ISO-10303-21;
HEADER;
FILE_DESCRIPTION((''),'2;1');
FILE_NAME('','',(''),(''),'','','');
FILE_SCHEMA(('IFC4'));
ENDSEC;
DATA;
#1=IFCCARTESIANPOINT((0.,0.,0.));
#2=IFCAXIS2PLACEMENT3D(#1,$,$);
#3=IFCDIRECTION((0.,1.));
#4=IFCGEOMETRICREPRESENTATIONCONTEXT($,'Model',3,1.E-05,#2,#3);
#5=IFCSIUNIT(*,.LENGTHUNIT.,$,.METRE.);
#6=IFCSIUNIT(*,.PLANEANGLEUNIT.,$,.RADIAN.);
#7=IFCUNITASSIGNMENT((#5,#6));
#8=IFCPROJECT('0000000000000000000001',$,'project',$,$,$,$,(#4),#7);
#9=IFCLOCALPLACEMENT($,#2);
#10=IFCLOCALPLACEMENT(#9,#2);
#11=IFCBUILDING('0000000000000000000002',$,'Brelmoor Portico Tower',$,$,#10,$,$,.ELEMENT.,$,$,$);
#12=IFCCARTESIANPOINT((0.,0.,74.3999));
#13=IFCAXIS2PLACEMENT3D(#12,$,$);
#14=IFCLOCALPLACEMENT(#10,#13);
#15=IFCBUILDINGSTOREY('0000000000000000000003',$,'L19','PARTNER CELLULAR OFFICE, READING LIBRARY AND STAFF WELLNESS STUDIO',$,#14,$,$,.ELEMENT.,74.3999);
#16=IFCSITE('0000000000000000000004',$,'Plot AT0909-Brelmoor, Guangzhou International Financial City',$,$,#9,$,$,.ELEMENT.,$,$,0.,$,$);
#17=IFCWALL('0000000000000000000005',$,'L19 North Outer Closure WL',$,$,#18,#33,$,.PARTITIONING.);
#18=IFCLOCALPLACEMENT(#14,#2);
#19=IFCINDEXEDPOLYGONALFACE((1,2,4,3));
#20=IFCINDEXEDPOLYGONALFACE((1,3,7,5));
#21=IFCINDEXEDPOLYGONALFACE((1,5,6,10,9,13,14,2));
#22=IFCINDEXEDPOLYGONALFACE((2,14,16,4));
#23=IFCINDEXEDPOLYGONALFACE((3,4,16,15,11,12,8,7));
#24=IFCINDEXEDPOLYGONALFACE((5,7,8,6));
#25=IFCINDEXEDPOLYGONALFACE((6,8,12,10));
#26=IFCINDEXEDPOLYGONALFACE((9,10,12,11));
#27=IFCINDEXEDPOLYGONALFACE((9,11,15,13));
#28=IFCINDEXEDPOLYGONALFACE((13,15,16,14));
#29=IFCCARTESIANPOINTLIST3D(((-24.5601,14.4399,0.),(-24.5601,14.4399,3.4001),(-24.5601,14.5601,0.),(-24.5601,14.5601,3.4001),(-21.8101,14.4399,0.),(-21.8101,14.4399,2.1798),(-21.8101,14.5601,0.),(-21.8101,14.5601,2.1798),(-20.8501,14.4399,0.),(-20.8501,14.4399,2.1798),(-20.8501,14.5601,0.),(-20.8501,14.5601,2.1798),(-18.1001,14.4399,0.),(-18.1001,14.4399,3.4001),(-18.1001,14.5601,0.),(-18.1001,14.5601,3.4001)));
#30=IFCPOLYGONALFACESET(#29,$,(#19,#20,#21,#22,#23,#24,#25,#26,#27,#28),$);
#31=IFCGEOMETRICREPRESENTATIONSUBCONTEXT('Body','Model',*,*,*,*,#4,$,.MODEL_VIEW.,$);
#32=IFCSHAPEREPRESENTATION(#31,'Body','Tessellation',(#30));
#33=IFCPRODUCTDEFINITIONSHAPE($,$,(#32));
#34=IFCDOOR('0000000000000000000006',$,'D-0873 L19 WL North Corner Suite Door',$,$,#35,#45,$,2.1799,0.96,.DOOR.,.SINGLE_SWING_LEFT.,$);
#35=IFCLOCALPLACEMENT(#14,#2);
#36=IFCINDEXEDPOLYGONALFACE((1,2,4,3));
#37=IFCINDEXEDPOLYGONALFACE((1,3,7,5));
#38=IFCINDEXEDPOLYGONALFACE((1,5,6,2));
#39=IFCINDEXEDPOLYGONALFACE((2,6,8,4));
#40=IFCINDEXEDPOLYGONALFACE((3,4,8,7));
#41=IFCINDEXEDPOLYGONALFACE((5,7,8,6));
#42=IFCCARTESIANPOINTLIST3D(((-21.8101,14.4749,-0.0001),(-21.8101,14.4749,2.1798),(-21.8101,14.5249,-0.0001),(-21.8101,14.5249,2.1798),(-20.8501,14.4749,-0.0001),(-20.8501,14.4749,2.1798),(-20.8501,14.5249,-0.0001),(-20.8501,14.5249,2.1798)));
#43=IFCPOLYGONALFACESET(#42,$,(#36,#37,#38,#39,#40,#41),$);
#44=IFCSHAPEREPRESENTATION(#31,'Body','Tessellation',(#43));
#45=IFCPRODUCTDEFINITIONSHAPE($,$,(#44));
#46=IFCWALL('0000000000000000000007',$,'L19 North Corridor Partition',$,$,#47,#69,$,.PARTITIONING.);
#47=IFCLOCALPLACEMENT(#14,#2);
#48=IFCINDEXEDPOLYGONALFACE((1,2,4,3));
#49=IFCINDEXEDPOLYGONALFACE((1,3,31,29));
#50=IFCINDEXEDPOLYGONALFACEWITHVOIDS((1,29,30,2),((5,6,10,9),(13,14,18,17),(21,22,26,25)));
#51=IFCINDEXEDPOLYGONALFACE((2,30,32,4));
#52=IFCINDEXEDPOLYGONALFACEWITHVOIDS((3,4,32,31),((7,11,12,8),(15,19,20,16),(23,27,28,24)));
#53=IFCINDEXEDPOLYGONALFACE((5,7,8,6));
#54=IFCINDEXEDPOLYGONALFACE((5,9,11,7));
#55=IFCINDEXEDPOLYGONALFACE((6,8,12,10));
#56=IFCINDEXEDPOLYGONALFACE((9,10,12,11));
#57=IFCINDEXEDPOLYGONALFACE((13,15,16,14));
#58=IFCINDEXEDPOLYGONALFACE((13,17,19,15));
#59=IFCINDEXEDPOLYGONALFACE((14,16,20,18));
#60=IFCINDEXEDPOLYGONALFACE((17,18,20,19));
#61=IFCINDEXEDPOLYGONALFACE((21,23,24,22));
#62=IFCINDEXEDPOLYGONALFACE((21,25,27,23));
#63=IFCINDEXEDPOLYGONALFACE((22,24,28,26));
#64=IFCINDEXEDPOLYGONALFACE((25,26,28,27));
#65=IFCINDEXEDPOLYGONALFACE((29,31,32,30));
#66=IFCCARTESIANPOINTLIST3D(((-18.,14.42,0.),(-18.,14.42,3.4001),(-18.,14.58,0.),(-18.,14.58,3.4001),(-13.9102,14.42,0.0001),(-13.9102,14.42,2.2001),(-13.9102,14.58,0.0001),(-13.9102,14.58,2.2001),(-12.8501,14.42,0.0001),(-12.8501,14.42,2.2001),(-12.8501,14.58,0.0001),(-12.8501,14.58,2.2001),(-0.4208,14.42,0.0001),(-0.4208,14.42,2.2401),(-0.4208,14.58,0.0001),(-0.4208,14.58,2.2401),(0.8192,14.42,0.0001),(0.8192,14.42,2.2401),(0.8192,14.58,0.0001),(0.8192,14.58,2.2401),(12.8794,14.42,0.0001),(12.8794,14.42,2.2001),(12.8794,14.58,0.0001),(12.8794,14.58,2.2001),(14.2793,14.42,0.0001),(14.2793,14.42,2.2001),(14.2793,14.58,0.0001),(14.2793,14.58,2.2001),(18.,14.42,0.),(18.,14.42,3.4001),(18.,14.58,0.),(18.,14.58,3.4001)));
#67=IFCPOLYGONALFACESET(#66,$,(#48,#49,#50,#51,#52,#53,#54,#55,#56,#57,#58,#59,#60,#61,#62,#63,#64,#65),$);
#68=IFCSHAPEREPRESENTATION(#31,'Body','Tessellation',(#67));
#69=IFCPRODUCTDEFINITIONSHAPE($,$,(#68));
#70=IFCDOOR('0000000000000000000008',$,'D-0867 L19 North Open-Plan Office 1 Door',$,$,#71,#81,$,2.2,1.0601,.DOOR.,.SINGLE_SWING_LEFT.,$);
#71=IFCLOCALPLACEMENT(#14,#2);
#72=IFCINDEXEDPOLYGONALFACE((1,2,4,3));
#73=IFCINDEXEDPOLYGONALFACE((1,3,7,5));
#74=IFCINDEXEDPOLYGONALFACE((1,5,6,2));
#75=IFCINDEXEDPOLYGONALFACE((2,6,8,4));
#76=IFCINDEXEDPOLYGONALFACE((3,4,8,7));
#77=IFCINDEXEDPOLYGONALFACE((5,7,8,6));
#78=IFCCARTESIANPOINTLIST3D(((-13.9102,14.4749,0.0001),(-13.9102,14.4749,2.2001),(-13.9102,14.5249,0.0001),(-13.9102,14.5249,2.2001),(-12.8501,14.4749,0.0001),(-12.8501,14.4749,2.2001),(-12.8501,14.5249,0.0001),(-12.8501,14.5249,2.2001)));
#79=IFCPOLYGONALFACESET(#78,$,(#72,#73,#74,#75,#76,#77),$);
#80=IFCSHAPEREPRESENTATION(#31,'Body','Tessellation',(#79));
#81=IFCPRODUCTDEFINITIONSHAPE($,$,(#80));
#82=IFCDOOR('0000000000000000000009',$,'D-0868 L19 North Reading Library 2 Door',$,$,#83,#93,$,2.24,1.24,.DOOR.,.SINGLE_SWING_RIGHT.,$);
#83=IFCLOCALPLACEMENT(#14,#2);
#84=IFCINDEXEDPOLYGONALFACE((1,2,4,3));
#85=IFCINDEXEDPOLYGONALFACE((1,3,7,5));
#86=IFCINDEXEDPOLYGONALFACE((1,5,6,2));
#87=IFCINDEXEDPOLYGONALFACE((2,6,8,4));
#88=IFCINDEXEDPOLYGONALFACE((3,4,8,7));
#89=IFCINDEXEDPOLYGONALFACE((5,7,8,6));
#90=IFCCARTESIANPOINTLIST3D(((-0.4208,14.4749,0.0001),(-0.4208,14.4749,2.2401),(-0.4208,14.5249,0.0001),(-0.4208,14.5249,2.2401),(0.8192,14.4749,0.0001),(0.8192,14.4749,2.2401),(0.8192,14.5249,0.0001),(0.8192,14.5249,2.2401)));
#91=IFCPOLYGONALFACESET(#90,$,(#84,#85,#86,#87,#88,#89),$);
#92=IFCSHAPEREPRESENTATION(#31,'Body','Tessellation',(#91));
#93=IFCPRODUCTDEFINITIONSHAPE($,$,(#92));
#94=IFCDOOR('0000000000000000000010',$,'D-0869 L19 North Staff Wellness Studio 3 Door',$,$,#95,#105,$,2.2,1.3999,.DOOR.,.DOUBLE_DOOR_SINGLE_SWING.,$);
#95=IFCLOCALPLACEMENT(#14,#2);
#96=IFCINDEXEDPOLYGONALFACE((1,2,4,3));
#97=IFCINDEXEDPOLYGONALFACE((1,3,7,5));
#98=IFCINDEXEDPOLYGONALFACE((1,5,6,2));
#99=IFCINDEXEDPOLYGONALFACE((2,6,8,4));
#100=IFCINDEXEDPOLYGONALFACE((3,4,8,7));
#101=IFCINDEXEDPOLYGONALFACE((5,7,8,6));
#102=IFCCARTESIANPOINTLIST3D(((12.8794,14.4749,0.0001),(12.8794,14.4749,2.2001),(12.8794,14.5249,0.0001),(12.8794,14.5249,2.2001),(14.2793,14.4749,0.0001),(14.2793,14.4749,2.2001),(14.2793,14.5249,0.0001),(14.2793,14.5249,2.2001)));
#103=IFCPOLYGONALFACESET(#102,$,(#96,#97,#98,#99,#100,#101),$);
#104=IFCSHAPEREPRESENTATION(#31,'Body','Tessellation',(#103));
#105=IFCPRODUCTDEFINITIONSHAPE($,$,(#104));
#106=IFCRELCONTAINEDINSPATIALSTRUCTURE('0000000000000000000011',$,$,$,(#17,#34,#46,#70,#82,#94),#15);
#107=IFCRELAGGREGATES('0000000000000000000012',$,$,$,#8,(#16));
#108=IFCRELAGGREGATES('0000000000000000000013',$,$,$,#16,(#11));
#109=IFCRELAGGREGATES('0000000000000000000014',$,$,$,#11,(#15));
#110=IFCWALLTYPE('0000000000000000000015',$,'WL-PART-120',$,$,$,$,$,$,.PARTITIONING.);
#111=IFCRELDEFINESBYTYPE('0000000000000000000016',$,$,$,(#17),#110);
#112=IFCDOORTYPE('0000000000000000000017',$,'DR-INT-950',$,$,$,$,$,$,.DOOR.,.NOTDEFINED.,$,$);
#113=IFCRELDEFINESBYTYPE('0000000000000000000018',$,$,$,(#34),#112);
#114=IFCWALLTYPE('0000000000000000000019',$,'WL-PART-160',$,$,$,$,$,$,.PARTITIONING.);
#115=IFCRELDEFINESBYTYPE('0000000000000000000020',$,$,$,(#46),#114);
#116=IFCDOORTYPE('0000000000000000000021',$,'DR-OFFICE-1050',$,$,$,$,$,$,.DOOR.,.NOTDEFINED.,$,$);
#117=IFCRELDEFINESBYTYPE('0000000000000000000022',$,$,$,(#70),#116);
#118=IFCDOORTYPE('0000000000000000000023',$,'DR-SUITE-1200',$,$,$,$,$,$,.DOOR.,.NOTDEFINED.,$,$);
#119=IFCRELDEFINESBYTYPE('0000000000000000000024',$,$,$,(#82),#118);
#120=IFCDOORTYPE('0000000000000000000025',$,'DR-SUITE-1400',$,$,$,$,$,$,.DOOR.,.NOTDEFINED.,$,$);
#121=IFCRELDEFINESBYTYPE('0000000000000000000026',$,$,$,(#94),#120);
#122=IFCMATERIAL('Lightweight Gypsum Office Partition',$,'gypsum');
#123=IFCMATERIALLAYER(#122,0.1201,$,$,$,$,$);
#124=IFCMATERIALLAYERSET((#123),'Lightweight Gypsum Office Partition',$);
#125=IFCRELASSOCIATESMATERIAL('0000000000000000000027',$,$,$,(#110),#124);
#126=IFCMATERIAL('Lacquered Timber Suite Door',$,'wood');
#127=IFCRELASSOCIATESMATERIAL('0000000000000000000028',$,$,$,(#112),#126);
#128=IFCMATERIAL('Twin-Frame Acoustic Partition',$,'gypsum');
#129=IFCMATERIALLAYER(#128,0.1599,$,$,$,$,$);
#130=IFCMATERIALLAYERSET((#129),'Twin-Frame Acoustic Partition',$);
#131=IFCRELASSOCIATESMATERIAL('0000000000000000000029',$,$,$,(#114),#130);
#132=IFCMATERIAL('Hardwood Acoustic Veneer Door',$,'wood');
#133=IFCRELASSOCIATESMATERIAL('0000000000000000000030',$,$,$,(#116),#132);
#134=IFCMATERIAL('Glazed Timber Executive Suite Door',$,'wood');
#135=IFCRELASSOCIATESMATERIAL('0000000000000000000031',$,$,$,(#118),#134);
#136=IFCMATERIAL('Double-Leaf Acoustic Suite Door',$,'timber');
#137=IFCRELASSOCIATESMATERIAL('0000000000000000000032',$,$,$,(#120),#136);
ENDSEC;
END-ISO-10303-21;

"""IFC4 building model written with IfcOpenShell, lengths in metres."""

from ifc_helpers import new_model, si_unit, direction, frame, frame_2d, origin, place, context, subcontext, project, spatial, rectangle, extrude, material, layer, layer_set, type_object, element, fill, save


model = new_model("IFC4")

# Units and contexts
model_context = context("Model", 3, precision=1e-05, world=origin(), true_north=direction((0.0, 1.0)))
body_context = subcontext(model_context, "Body", "Model", "MODEL_VIEW")
ifc_project = project(units=[si_unit("LENGTHUNIT", "METRE"), si_unit("PLANEANGLEUNIT", "RADIAN")], contexts=[model_context])

# Site, building, storey
site_placement = place(None, origin())
site = spatial("IfcSite", under=ifc_project, at=site_placement, Name="Plot AT0909-Brelmoor, Guangzhou International Financial City", CompositionType="ELEMENT", RefElevation=0.0)
building_placement = place(site_placement, origin())
building = spatial("IfcBuilding", under=site, at=building_placement, Name="Brelmoor Portico Tower", CompositionType="ELEMENT")
storey_placement = place(building_placement, frame((0.0, 0.0, 74.3999)))
storey = spatial("IfcBuildingStorey", under=building, at=storey_placement, Name="L19", Description="PARTNER CELLULAR OFFICE, READING LIBRARY AND STAFF WELLNESS STUDIO", CompositionType="ELEMENT", Elevation=74.3999)

# Wall, opening, door
ifc_material_1 = material(Name="Lightweight Gypsum Office Partition", Category="gypsum")
ifc_layer_1 = layer(ifc_material_1, 0.1201)
ifc_layer_set_1 = layer_set([ifc_layer_1], Name="Lightweight Gypsum Office Partition")
wall_type_1 = type_object("IfcWallType", Name="WL-PART-120", PredefinedType="PARTITIONING", material=ifc_layer_set_1)
wall_1_placement = place(storey_placement, frame((-24.5601, 14.5, 0.0), z_axis=(0.0, 0.0, 1.0), x_axis=(1.0, 0.0, 0.0)))
wall_1 = element("IfcWall", 1, at=wall_1_placement, inside=storey, type_object=wall_type_1, Name="L19 North Outer Closure WL", PredefinedType="PARTITIONING", context=body_context, shape_type="SweptSolid", body=[
    extrude(rectangle(XDim=6.46, YDim=0.1201, at=frame_2d((3.23, 0.0))), origin(), (0.0, 0.0, 1.0), 3.4001),
])
opening_1_placement = place(wall_1_placement, frame((2.75, 0.0, 0.0)))
opening_1 = element("IfcOpeningElement", 2, at=opening_1_placement, cuts=wall_1, PredefinedType="OPENING", context=body_context, shape_type="SweptSolid", body=[
    extrude(rectangle(XDim=0.96, YDim=2.1799, at=frame_2d((0.48, 1.0898))), frame((0.0, 0.0701, 0.0), z_axis=(0.0, -1.0, 0.0), x_axis=(1.0, 0.0, 0.0)), (0.0, 0.0, 1.0), 0.1401),
])
ifc_material_2 = material(Name="Lacquered Timber Suite Door", Category="wood")
door_type_1 = type_object("IfcDoorType", Name="DR-INT-950", OperationType="NOTDEFINED", PredefinedType="DOOR", material=ifc_material_2)
door_1_placement = place(opening_1_placement, origin())
door_1 = element("IfcDoor", 3, at=door_1_placement, inside=storey, type_object=door_type_1, Name="D-0873 L19 WL North Corner Suite Door", OperationType="SINGLE_SWING_LEFT", OverallHeight=2.1799, OverallWidth=0.96, PredefinedType="DOOR", context=body_context, shape_type="SweptSolid", body=[
    extrude(rectangle(XDim=0.96, YDim=2.1799, at=frame_2d((0.48, 1.0898))), frame((0.0, 0.0249, 0.0), z_axis=(0.0, -1.0, 0.0), x_axis=(1.0, 0.0, 0.0)), (0.0, 0.0, 1.0), 0.05),
])
fill(opening_1, door_1)

# Wall, openings, doors
ifc_material_3 = material(Name="Twin-Frame Acoustic Partition", Category="gypsum")
ifc_layer_2 = layer(ifc_material_3, 0.1599)
ifc_layer_set_2 = layer_set([ifc_layer_2], Name="Twin-Frame Acoustic Partition")
wall_type_2 = type_object("IfcWallType", Name="WL-PART-160", PredefinedType="PARTITIONING", material=ifc_layer_set_2)
wall_2_placement = place(storey_placement, frame((-18.0, 14.5, 0.0), z_axis=(0.0, 0.0, 1.0), x_axis=(1.0, 0.0, 0.0)))
wall_2 = element("IfcWall", 4, at=wall_2_placement, inside=storey, type_object=wall_type_2, Name="L19 North Corridor Partition", PredefinedType="PARTITIONING", context=body_context, shape_type="SweptSolid", body=[
    extrude(rectangle(XDim=36.0, YDim=0.1599, at=frame_2d((18.0, 0.0))), origin(), (0.0, 0.0, 1.0), 3.4001),
])
opening_2_placement = place(wall_2_placement, frame((4.0898, 0.0, 0.0)))
opening_2 = element("IfcOpeningElement", 5, at=opening_2_placement, cuts=wall_2, PredefinedType="OPENING", context=body_context, shape_type="SweptSolid", body=[
    extrude(rectangle(XDim=1.0601, YDim=2.2, at=frame_2d((0.53, 1.1001))), frame((0.0, 0.0898, 0.0), z_axis=(0.0, -1.0, 0.0), x_axis=(1.0, 0.0, 0.0)), (0.0, 0.0, 1.0), 0.1799),
])
opening_3_placement = place(wall_2_placement, frame((17.5791, 0.0, 0.0)))
opening_3 = element("IfcOpeningElement", 6, at=opening_3_placement, cuts=wall_2, PredefinedType="OPENING", context=body_context, shape_type="SweptSolid", body=[
    extrude(rectangle(XDim=1.24, YDim=2.24, at=frame_2d((0.6201, 1.1201))), frame((0.0, 0.0898, 0.0), z_axis=(0.0, -1.0, 0.0), x_axis=(1.0, 0.0, 0.0)), (0.0, 0.0, 1.0), 0.1799),
])
opening_4_placement = place(wall_2_placement, frame((30.8794, 0.0, 0.0)))
opening_4 = element("IfcOpeningElement", 7, at=opening_4_placement, cuts=wall_2, PredefinedType="OPENING", context=body_context, shape_type="SweptSolid", body=[
    extrude(rectangle(XDim=1.3999, YDim=2.2, at=frame_2d((0.7, 1.1001))), frame((0.0, 0.0898, 0.0), z_axis=(0.0, -1.0, 0.0), x_axis=(1.0, 0.0, 0.0)), (0.0, 0.0, 1.0), 0.1799),
])
ifc_material_4 = material(Name="Hardwood Acoustic Veneer Door", Category="wood")
door_type_2 = type_object("IfcDoorType", Name="DR-OFFICE-1050", OperationType="NOTDEFINED", PredefinedType="DOOR", material=ifc_material_4)
door_2_placement = place(opening_2_placement, origin())
door_2 = element("IfcDoor", 8, at=door_2_placement, inside=storey, type_object=door_type_2, Name="D-0867 L19 North Open-Plan Office 1 Door", OperationType="SINGLE_SWING_LEFT", OverallHeight=2.2, OverallWidth=1.0601, PredefinedType="DOOR", context=body_context, shape_type="SweptSolid", body=[
    extrude(rectangle(XDim=1.0601, YDim=2.2, at=frame_2d((0.53, 1.1001))), frame((0.0, 0.0249, 0.0), z_axis=(0.0, -1.0, 0.0), x_axis=(1.0, 0.0, 0.0)), (0.0, 0.0, 1.0), 0.05),
])
fill(opening_2, door_2)
ifc_material_5 = material(Name="Glazed Timber Executive Suite Door", Category="wood")
door_type_3 = type_object("IfcDoorType", Name="DR-SUITE-1200", OperationType="NOTDEFINED", PredefinedType="DOOR", material=ifc_material_5)
door_3_placement = place(opening_3_placement, origin())
door_3 = element("IfcDoor", 9, at=door_3_placement, inside=storey, type_object=door_type_3, Name="D-0868 L19 North Reading Library 2 Door", OperationType="SINGLE_SWING_RIGHT", OverallHeight=2.24, OverallWidth=1.24, PredefinedType="DOOR", context=body_context, shape_type="SweptSolid", body=[
    extrude(rectangle(XDim=1.24, YDim=2.24, at=frame_2d((0.6201, 1.1201))), frame((0.0, 0.0249, 0.0), z_axis=(0.0, -1.0, 0.0), x_axis=(1.0, 0.0, 0.0)), (0.0, 0.0, 1.0), 0.05),
])
fill(opening_3, door_3)
ifc_material_6 = material(Name="Double-Leaf Acoustic Suite Door", Category="timber")
door_type_4 = type_object("IfcDoorType", Name="DR-SUITE-1400", OperationType="NOTDEFINED", PredefinedType="DOOR", material=ifc_material_6)
door_4_placement = place(opening_4_placement, origin())
door_4 = element("IfcDoor", 10, at=door_4_placement, inside=storey, type_object=door_type_4, Name="D-0869 L19 North Staff Wellness Studio 3 Door", OperationType="DOUBLE_DOOR_SINGLE_SWING", OverallHeight=2.2, OverallWidth=1.3999, PredefinedType="DOOR", context=body_context, shape_type="SweptSolid", body=[
    extrude(rectangle(XDim=1.3999, YDim=2.2, at=frame_2d((0.7, 1.1001))), frame((0.0, 0.0249, 0.0), z_axis=(0.0, -1.0, 0.0), x_axis=(1.0, 0.0, 0.0)), (0.0, 0.0, 1.0), 0.05),
])
fill(opening_4, door_4)

save(model, "model.ifc")
